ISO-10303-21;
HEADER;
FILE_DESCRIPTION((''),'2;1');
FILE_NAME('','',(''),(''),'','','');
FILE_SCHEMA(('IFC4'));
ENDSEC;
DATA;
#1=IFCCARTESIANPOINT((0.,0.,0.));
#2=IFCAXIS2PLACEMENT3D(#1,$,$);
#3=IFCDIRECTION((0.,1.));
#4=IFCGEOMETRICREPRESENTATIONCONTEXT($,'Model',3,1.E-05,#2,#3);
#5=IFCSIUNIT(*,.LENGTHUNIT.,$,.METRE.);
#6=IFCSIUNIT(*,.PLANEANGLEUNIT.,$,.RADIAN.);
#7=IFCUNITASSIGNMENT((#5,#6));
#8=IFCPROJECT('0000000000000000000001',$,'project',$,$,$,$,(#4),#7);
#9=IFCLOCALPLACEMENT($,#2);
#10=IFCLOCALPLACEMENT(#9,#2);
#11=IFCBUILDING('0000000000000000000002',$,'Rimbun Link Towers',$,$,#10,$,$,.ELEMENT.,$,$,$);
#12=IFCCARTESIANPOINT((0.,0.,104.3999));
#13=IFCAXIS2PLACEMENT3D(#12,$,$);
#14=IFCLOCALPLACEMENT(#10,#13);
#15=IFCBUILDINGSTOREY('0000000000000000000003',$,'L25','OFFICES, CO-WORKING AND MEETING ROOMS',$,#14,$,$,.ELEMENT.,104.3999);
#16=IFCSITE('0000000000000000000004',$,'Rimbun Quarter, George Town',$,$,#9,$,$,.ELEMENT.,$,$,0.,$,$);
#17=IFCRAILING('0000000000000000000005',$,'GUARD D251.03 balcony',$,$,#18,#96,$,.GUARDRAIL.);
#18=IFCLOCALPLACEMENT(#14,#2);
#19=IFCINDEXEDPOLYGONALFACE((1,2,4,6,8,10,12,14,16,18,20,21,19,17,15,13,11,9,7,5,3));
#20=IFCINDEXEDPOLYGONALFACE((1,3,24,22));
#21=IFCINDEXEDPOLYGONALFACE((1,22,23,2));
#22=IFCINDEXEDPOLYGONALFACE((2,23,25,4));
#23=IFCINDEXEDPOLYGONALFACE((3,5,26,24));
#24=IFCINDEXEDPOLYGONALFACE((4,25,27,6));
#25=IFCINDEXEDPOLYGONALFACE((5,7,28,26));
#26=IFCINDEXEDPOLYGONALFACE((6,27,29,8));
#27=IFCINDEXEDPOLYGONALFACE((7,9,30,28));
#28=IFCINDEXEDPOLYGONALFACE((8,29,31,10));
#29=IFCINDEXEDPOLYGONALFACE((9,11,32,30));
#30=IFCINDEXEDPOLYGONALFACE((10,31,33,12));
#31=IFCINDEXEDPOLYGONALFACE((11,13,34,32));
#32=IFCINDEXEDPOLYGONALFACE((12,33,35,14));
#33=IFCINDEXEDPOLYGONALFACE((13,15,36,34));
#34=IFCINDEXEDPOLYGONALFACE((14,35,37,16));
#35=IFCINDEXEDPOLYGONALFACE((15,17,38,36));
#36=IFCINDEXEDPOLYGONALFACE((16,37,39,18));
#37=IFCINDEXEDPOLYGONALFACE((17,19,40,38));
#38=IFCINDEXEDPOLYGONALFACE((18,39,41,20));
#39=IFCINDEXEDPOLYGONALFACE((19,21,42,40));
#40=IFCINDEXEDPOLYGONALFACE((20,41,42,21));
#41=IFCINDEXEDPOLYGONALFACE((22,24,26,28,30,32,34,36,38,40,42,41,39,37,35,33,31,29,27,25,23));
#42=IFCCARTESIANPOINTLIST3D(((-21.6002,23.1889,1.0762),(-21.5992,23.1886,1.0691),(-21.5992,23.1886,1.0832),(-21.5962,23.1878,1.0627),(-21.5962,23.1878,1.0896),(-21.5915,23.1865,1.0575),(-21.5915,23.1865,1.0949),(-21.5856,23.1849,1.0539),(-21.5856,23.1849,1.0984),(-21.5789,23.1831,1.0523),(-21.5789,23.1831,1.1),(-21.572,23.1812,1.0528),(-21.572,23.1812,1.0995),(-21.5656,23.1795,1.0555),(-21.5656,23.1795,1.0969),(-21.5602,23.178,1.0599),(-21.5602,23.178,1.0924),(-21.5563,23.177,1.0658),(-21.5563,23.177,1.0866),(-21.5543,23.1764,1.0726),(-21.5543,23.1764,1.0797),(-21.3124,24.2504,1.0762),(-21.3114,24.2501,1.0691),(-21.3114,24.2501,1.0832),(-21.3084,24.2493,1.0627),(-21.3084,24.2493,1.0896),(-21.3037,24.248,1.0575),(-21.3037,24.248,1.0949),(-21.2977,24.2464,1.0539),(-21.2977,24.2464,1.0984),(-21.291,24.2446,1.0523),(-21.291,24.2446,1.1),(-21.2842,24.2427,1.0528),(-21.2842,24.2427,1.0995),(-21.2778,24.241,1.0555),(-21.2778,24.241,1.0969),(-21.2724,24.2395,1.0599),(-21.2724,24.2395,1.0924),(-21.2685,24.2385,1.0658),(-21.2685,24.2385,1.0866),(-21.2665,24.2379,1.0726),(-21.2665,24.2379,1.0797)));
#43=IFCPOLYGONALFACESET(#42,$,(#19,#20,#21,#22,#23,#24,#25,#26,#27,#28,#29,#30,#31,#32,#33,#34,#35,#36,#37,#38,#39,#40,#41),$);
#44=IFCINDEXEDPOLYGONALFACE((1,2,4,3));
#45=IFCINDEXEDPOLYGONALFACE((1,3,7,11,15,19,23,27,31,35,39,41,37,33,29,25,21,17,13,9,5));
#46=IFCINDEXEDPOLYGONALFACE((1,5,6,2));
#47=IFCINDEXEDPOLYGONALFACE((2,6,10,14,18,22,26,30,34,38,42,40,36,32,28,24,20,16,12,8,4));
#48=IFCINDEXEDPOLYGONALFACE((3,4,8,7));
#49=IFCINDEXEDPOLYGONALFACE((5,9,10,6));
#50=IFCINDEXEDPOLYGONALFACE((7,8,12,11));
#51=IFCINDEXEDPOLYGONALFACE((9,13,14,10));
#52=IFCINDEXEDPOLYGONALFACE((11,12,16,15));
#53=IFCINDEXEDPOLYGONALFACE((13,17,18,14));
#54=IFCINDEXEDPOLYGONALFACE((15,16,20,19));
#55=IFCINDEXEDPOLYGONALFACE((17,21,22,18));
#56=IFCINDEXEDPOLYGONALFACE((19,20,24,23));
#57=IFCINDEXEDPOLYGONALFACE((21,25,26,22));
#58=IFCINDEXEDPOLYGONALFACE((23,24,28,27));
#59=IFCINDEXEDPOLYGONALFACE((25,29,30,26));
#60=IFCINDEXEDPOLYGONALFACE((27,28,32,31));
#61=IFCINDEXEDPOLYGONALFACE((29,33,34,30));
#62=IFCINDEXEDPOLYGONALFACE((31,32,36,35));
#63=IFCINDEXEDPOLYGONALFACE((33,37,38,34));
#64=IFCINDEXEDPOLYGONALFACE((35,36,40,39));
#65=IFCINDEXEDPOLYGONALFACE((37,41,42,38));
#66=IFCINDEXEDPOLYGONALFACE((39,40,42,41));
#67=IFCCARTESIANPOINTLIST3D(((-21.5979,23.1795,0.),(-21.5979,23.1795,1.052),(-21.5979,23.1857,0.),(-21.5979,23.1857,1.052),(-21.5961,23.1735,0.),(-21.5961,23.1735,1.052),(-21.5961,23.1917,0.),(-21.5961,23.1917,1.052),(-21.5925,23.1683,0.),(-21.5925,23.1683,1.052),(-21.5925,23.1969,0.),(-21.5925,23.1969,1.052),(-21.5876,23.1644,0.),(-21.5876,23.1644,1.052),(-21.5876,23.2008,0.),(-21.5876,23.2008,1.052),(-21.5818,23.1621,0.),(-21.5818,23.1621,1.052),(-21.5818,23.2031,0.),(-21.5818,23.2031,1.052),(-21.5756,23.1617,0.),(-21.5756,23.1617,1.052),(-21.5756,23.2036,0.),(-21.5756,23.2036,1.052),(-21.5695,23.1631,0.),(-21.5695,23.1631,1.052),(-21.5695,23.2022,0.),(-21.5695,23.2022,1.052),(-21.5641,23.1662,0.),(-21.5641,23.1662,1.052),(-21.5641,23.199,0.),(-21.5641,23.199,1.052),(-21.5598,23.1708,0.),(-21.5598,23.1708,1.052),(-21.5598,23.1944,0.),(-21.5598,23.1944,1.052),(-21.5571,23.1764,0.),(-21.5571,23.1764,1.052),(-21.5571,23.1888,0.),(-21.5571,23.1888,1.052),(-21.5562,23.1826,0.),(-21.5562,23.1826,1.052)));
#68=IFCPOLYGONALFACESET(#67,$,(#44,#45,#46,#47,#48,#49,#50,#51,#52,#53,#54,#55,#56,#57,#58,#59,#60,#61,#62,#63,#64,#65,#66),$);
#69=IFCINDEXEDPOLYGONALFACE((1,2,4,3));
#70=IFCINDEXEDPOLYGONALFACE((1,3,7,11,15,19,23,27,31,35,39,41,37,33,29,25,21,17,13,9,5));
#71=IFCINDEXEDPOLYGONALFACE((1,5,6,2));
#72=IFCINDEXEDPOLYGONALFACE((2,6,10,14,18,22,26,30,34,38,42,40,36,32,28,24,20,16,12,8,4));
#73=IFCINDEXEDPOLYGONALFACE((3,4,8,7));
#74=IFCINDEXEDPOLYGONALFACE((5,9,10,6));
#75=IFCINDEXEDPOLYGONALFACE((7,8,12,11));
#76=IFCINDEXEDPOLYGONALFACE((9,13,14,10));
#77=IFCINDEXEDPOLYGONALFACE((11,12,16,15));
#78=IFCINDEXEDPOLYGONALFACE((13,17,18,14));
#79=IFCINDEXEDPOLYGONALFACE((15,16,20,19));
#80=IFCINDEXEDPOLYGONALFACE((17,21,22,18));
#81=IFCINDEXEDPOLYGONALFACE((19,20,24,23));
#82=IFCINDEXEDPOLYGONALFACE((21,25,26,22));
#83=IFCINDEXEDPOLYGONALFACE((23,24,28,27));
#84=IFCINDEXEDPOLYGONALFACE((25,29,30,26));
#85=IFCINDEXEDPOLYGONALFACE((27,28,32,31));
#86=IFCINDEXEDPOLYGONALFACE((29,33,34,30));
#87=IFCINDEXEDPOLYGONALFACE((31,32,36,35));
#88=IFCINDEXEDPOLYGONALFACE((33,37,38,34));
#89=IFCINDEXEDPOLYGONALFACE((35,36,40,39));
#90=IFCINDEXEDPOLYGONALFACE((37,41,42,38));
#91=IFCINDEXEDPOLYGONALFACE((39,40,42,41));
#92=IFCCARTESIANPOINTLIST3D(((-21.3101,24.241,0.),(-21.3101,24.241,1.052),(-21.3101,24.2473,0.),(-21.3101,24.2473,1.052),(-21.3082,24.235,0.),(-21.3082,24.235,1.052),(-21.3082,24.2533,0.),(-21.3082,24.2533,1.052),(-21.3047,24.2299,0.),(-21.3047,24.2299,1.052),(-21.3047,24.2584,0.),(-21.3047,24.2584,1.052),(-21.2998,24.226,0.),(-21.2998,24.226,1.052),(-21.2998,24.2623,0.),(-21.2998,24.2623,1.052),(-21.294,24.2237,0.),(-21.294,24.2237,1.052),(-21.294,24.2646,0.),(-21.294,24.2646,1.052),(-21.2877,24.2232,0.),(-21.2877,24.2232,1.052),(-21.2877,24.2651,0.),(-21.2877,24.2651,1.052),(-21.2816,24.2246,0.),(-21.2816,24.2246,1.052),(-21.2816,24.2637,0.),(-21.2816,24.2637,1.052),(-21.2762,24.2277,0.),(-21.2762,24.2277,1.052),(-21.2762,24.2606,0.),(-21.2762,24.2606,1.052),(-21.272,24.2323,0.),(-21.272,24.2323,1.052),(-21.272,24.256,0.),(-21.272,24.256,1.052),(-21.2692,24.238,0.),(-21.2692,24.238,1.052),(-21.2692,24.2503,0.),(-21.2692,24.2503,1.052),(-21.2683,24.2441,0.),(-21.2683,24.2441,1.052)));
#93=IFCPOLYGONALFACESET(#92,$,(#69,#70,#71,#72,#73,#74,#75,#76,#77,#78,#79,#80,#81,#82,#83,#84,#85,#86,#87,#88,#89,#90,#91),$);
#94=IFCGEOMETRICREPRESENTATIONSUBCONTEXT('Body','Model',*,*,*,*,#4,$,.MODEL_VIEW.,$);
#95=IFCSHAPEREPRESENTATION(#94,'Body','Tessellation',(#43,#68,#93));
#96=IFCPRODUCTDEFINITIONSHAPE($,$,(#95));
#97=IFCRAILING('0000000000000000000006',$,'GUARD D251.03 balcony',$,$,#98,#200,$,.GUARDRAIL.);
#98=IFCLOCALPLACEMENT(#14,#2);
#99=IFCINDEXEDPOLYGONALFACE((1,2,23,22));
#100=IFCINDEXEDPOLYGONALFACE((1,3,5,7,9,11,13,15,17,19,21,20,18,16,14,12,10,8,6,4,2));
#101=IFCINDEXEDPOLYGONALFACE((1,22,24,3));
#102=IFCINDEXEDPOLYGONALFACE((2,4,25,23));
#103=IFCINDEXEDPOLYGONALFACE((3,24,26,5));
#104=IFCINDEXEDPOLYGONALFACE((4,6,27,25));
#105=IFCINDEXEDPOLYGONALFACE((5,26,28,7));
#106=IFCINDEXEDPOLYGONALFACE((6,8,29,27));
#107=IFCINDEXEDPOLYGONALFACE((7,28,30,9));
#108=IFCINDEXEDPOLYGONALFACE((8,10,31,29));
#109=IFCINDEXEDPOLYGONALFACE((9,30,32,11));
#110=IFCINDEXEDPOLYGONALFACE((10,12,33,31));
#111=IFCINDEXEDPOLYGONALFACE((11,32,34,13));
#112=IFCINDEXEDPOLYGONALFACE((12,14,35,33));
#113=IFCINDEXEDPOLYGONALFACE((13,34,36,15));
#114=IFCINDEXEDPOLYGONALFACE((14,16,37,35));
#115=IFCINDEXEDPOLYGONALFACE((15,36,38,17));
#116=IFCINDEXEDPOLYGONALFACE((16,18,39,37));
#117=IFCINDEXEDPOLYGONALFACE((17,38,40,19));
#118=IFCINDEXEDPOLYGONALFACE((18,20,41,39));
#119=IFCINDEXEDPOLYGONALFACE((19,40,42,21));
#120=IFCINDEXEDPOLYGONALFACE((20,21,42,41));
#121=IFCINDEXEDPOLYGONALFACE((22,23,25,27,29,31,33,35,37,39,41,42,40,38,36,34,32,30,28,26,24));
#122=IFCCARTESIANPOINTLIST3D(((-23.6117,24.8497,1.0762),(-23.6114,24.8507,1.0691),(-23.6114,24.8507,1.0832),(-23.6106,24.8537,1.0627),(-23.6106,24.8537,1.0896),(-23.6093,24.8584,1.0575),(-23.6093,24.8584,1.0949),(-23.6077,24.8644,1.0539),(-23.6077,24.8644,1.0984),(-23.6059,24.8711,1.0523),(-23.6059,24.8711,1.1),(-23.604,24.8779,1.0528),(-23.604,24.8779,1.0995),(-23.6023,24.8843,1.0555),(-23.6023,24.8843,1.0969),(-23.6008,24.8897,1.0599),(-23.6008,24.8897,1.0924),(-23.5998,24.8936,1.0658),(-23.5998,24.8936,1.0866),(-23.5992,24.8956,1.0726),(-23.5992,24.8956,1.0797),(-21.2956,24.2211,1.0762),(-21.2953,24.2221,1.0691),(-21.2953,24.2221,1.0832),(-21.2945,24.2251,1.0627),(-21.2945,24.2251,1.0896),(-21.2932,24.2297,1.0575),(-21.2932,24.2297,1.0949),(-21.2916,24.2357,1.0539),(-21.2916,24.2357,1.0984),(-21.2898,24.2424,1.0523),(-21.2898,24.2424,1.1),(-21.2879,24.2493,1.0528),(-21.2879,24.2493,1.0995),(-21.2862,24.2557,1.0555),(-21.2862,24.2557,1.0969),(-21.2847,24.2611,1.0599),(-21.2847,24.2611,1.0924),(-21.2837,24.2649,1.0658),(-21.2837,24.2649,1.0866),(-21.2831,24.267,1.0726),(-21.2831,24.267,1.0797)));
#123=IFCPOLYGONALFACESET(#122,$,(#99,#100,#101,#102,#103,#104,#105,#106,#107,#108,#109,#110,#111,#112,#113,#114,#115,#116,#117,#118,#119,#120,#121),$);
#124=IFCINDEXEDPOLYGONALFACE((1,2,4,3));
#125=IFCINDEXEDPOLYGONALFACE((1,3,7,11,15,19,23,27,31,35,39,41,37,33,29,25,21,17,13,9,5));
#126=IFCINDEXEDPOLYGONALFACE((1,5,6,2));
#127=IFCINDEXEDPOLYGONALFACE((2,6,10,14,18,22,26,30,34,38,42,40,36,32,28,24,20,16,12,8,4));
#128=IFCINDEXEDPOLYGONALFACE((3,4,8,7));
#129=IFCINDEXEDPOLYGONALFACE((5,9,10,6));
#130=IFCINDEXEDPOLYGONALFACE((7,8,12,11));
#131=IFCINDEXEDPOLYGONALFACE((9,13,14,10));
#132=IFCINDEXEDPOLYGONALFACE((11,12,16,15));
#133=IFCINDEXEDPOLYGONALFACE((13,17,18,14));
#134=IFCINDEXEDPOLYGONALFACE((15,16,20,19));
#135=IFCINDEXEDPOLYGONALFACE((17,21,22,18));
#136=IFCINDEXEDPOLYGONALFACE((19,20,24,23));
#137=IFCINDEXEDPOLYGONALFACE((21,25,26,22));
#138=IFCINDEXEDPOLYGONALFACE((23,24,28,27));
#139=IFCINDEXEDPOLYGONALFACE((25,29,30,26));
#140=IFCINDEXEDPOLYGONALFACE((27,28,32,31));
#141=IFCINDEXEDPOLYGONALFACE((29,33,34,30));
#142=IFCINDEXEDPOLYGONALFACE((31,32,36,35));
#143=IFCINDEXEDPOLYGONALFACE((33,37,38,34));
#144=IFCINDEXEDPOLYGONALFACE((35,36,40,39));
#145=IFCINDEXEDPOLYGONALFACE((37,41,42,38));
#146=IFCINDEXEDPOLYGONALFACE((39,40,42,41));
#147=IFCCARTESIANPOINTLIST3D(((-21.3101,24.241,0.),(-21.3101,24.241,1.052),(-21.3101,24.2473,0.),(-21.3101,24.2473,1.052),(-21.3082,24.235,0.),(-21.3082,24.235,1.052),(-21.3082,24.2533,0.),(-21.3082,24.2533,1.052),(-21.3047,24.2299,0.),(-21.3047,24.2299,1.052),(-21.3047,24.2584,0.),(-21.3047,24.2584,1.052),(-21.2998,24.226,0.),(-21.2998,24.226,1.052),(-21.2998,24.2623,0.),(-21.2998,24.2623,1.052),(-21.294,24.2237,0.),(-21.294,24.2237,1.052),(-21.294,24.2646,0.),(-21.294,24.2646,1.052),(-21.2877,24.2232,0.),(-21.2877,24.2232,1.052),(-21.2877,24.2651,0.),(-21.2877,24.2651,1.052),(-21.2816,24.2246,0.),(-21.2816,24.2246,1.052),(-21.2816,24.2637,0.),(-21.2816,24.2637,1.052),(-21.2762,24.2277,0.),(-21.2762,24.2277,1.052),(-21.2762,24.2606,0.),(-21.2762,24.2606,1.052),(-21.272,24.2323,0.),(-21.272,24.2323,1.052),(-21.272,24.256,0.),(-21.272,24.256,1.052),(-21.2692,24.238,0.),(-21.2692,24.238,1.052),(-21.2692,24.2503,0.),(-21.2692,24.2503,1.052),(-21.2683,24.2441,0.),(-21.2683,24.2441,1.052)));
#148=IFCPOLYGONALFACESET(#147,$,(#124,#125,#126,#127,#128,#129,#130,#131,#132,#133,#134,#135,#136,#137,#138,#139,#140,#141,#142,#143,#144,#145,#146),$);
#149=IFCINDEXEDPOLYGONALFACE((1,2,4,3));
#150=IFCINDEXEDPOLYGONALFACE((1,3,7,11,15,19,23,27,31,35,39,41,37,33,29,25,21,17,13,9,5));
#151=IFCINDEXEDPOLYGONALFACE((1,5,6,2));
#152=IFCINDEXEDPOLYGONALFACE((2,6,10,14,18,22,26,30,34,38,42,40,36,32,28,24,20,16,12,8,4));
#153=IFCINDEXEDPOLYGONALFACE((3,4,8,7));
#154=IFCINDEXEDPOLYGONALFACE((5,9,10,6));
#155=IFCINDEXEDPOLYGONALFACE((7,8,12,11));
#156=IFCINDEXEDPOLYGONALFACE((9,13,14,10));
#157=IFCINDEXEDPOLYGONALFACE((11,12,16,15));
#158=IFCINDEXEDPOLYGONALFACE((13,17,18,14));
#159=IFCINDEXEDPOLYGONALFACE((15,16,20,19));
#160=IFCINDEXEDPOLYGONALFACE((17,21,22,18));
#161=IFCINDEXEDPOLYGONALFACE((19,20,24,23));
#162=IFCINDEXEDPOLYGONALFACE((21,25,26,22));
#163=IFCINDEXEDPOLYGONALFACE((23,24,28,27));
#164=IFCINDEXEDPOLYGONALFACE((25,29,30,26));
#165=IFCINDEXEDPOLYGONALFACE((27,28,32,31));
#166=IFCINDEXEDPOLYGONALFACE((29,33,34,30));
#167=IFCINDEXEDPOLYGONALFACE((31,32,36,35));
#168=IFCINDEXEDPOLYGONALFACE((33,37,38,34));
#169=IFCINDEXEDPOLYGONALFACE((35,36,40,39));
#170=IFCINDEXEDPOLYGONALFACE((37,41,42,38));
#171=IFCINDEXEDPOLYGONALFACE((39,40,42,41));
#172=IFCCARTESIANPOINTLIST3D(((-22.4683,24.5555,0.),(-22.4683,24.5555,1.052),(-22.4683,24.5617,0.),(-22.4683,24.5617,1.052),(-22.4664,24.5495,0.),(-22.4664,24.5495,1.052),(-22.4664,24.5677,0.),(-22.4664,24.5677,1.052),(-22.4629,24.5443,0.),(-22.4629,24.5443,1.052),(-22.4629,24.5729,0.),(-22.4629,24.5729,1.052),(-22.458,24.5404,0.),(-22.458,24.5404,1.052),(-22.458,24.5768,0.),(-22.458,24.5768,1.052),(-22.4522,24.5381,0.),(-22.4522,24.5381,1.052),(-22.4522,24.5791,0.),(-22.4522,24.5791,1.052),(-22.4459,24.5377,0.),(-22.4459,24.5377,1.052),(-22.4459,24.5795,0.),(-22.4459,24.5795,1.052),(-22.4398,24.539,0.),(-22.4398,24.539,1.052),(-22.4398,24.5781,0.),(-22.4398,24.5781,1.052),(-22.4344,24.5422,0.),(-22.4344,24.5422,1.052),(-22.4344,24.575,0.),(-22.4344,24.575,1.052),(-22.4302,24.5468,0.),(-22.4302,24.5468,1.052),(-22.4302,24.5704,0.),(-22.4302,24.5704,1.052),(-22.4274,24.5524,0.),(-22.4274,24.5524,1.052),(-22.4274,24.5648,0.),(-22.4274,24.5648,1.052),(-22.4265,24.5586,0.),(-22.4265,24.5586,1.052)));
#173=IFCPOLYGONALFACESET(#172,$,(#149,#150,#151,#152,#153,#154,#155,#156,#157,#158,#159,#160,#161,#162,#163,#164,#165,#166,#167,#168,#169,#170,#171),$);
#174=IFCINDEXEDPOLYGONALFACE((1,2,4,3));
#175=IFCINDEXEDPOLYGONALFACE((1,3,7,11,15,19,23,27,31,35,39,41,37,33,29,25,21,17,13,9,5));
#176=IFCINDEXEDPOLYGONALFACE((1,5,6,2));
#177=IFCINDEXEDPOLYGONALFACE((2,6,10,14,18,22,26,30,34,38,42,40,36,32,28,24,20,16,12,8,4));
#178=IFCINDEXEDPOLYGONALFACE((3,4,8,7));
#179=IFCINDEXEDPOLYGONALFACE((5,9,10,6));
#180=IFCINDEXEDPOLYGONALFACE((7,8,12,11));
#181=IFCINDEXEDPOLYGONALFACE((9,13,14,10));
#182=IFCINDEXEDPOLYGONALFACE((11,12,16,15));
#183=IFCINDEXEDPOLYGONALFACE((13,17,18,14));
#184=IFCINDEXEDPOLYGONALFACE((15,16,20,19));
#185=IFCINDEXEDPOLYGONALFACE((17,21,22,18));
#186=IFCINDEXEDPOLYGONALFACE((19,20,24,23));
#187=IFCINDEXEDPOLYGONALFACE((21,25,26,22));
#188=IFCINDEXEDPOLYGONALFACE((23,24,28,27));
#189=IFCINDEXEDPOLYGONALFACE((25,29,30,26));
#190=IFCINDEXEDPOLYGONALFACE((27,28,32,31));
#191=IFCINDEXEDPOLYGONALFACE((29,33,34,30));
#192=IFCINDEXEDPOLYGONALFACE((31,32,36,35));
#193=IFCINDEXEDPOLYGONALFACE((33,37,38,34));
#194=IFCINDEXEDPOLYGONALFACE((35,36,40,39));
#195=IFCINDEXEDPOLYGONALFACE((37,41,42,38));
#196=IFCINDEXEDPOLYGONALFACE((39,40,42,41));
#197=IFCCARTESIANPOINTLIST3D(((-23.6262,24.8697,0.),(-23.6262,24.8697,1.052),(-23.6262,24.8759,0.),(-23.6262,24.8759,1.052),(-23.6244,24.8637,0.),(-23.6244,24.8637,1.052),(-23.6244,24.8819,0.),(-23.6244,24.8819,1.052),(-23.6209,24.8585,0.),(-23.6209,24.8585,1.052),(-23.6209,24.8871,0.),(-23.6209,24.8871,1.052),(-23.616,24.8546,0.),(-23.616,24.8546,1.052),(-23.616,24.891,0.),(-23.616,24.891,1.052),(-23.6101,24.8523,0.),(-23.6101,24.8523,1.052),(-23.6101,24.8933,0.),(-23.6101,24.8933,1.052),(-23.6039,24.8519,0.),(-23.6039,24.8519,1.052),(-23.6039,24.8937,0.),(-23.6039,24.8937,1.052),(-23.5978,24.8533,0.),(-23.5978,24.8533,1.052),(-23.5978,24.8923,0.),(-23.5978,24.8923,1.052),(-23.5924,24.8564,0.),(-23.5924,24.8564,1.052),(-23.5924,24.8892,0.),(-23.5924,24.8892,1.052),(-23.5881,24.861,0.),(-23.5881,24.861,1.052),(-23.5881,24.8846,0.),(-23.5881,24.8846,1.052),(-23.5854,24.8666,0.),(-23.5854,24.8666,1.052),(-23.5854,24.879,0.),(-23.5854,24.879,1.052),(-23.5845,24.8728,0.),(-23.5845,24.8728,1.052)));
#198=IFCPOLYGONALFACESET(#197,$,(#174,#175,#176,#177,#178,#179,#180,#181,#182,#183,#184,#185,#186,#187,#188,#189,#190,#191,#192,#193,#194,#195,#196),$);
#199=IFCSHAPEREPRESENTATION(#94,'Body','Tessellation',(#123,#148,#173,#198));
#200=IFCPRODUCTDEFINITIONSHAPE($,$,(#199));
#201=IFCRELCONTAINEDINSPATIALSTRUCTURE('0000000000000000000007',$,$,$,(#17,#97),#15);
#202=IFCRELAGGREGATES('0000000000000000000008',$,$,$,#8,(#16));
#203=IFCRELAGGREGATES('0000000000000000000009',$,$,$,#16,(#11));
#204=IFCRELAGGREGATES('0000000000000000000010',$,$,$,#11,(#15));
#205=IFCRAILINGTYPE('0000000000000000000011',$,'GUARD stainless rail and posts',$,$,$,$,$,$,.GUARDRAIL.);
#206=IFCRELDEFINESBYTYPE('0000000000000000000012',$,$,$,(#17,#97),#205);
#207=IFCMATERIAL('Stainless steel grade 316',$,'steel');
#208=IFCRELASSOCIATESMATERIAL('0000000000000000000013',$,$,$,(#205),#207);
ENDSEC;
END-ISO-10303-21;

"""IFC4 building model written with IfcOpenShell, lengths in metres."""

from ifc_helpers import new_model, si_unit, direction, frame, origin, origin_2d, place, context, subcontext, project, spatial, circle, extrude, material, type_object, element, save


model = new_model("IFC4")

# Units and contexts
model_context = context("Model", 3, precision=1e-05, world=origin(), true_north=direction((0.0, 1.0)))
body_context = subcontext(model_context, "Body", "Model", "MODEL_VIEW")
ifc_project = project(units=[si_unit("LENGTHUNIT", "METRE"), si_unit("PLANEANGLEUNIT", "RADIAN")], contexts=[model_context])

# Site, building, storey
site_placement = place(None, origin())
site = spatial("IfcSite", under=ifc_project, at=site_placement, Name="Rimbun Quarter, George Town", CompositionType="ELEMENT", RefElevation=0.0)
building_placement = place(site_placement, origin())
building = spatial("IfcBuilding", under=site, at=building_placement, Name="Rimbun Link Towers", CompositionType="ELEMENT")
storey_placement = place(building_placement, frame((0.0, 0.0, 104.3999)))
storey = spatial("IfcBuildingStorey", under=building, at=storey_placement, Name="L25", Description="OFFICES, CO-WORKING AND MEETING ROOMS", CompositionType="ELEMENT", Elevation=104.3999)

# Railings
ifc_material_1 = material(Name="Stainless steel grade 316", Category="steel")
railing_type = type_object("IfcRailingType", Name="GUARD stainless rail and posts", PredefinedType="GUARDRAIL", material=ifc_material_1)
railing_1_placement = place(storey_placement, frame((-21.5771, 23.1826, 0.0)))
element("IfcRailing", 1, at=railing_1_placement, inside=storey, type_object=railing_type, Name="GUARD D251.03 balcony", PredefinedType="GUARDRAIL", context=body_context, shape_type="SweptSolid", body=[
    extrude(circle(Radius=0.0239, at=origin_2d()), frame((0.0, 0.0, 1.0762), z_axis=(0.261708, 0.965147, 0.0), x_axis=(-0.965147, 0.261708, 0.0)), (0.0, 0.0, 1.0), 1.0999),
    extrude(circle(Radius=0.021, at=origin_2d()), origin(), (0.0, 0.0, 1.0), 1.052),
    extrude(circle(Radius=0.021, at=origin_2d()), frame((0.2878, 1.0615, 0.0)), (0.0, 0.0, 1.0), 1.052),
])
railing_2_placement = place(storey_placement, frame((-21.2893, 24.2441, 0.0)))
element("IfcRailing", 2, at=railing_2_placement, inside=storey, type_object=railing_type, Name="GUARD D251.03 balcony", PredefinedType="GUARDRAIL", context=body_context, shape_type="SweptSolid", body=[
    extrude(circle(Radius=0.0239, at=origin_2d()), frame((0.0, 0.0, 1.0762), z_axis=(-0.965082, 0.261947, 0.0), x_axis=(-0.261947, -0.965082, 0.0)), (0.0, 0.0, 1.0), 2.3999),
    extrude(circle(Radius=0.021, at=origin_2d()), origin(), (0.0, 0.0, 1.0), 1.052),
    extrude(circle(Radius=0.021, at=origin_2d()), frame((-1.1582, 0.3145, 0.0)), (0.0, 0.0, 1.0), 1.052),
    extrude(circle(Radius=0.021, at=origin_2d()), frame((-2.3162, 0.6287, 0.0)), (0.0, 0.0, 1.0), 1.052),
])

save(model, "model.ifc")
